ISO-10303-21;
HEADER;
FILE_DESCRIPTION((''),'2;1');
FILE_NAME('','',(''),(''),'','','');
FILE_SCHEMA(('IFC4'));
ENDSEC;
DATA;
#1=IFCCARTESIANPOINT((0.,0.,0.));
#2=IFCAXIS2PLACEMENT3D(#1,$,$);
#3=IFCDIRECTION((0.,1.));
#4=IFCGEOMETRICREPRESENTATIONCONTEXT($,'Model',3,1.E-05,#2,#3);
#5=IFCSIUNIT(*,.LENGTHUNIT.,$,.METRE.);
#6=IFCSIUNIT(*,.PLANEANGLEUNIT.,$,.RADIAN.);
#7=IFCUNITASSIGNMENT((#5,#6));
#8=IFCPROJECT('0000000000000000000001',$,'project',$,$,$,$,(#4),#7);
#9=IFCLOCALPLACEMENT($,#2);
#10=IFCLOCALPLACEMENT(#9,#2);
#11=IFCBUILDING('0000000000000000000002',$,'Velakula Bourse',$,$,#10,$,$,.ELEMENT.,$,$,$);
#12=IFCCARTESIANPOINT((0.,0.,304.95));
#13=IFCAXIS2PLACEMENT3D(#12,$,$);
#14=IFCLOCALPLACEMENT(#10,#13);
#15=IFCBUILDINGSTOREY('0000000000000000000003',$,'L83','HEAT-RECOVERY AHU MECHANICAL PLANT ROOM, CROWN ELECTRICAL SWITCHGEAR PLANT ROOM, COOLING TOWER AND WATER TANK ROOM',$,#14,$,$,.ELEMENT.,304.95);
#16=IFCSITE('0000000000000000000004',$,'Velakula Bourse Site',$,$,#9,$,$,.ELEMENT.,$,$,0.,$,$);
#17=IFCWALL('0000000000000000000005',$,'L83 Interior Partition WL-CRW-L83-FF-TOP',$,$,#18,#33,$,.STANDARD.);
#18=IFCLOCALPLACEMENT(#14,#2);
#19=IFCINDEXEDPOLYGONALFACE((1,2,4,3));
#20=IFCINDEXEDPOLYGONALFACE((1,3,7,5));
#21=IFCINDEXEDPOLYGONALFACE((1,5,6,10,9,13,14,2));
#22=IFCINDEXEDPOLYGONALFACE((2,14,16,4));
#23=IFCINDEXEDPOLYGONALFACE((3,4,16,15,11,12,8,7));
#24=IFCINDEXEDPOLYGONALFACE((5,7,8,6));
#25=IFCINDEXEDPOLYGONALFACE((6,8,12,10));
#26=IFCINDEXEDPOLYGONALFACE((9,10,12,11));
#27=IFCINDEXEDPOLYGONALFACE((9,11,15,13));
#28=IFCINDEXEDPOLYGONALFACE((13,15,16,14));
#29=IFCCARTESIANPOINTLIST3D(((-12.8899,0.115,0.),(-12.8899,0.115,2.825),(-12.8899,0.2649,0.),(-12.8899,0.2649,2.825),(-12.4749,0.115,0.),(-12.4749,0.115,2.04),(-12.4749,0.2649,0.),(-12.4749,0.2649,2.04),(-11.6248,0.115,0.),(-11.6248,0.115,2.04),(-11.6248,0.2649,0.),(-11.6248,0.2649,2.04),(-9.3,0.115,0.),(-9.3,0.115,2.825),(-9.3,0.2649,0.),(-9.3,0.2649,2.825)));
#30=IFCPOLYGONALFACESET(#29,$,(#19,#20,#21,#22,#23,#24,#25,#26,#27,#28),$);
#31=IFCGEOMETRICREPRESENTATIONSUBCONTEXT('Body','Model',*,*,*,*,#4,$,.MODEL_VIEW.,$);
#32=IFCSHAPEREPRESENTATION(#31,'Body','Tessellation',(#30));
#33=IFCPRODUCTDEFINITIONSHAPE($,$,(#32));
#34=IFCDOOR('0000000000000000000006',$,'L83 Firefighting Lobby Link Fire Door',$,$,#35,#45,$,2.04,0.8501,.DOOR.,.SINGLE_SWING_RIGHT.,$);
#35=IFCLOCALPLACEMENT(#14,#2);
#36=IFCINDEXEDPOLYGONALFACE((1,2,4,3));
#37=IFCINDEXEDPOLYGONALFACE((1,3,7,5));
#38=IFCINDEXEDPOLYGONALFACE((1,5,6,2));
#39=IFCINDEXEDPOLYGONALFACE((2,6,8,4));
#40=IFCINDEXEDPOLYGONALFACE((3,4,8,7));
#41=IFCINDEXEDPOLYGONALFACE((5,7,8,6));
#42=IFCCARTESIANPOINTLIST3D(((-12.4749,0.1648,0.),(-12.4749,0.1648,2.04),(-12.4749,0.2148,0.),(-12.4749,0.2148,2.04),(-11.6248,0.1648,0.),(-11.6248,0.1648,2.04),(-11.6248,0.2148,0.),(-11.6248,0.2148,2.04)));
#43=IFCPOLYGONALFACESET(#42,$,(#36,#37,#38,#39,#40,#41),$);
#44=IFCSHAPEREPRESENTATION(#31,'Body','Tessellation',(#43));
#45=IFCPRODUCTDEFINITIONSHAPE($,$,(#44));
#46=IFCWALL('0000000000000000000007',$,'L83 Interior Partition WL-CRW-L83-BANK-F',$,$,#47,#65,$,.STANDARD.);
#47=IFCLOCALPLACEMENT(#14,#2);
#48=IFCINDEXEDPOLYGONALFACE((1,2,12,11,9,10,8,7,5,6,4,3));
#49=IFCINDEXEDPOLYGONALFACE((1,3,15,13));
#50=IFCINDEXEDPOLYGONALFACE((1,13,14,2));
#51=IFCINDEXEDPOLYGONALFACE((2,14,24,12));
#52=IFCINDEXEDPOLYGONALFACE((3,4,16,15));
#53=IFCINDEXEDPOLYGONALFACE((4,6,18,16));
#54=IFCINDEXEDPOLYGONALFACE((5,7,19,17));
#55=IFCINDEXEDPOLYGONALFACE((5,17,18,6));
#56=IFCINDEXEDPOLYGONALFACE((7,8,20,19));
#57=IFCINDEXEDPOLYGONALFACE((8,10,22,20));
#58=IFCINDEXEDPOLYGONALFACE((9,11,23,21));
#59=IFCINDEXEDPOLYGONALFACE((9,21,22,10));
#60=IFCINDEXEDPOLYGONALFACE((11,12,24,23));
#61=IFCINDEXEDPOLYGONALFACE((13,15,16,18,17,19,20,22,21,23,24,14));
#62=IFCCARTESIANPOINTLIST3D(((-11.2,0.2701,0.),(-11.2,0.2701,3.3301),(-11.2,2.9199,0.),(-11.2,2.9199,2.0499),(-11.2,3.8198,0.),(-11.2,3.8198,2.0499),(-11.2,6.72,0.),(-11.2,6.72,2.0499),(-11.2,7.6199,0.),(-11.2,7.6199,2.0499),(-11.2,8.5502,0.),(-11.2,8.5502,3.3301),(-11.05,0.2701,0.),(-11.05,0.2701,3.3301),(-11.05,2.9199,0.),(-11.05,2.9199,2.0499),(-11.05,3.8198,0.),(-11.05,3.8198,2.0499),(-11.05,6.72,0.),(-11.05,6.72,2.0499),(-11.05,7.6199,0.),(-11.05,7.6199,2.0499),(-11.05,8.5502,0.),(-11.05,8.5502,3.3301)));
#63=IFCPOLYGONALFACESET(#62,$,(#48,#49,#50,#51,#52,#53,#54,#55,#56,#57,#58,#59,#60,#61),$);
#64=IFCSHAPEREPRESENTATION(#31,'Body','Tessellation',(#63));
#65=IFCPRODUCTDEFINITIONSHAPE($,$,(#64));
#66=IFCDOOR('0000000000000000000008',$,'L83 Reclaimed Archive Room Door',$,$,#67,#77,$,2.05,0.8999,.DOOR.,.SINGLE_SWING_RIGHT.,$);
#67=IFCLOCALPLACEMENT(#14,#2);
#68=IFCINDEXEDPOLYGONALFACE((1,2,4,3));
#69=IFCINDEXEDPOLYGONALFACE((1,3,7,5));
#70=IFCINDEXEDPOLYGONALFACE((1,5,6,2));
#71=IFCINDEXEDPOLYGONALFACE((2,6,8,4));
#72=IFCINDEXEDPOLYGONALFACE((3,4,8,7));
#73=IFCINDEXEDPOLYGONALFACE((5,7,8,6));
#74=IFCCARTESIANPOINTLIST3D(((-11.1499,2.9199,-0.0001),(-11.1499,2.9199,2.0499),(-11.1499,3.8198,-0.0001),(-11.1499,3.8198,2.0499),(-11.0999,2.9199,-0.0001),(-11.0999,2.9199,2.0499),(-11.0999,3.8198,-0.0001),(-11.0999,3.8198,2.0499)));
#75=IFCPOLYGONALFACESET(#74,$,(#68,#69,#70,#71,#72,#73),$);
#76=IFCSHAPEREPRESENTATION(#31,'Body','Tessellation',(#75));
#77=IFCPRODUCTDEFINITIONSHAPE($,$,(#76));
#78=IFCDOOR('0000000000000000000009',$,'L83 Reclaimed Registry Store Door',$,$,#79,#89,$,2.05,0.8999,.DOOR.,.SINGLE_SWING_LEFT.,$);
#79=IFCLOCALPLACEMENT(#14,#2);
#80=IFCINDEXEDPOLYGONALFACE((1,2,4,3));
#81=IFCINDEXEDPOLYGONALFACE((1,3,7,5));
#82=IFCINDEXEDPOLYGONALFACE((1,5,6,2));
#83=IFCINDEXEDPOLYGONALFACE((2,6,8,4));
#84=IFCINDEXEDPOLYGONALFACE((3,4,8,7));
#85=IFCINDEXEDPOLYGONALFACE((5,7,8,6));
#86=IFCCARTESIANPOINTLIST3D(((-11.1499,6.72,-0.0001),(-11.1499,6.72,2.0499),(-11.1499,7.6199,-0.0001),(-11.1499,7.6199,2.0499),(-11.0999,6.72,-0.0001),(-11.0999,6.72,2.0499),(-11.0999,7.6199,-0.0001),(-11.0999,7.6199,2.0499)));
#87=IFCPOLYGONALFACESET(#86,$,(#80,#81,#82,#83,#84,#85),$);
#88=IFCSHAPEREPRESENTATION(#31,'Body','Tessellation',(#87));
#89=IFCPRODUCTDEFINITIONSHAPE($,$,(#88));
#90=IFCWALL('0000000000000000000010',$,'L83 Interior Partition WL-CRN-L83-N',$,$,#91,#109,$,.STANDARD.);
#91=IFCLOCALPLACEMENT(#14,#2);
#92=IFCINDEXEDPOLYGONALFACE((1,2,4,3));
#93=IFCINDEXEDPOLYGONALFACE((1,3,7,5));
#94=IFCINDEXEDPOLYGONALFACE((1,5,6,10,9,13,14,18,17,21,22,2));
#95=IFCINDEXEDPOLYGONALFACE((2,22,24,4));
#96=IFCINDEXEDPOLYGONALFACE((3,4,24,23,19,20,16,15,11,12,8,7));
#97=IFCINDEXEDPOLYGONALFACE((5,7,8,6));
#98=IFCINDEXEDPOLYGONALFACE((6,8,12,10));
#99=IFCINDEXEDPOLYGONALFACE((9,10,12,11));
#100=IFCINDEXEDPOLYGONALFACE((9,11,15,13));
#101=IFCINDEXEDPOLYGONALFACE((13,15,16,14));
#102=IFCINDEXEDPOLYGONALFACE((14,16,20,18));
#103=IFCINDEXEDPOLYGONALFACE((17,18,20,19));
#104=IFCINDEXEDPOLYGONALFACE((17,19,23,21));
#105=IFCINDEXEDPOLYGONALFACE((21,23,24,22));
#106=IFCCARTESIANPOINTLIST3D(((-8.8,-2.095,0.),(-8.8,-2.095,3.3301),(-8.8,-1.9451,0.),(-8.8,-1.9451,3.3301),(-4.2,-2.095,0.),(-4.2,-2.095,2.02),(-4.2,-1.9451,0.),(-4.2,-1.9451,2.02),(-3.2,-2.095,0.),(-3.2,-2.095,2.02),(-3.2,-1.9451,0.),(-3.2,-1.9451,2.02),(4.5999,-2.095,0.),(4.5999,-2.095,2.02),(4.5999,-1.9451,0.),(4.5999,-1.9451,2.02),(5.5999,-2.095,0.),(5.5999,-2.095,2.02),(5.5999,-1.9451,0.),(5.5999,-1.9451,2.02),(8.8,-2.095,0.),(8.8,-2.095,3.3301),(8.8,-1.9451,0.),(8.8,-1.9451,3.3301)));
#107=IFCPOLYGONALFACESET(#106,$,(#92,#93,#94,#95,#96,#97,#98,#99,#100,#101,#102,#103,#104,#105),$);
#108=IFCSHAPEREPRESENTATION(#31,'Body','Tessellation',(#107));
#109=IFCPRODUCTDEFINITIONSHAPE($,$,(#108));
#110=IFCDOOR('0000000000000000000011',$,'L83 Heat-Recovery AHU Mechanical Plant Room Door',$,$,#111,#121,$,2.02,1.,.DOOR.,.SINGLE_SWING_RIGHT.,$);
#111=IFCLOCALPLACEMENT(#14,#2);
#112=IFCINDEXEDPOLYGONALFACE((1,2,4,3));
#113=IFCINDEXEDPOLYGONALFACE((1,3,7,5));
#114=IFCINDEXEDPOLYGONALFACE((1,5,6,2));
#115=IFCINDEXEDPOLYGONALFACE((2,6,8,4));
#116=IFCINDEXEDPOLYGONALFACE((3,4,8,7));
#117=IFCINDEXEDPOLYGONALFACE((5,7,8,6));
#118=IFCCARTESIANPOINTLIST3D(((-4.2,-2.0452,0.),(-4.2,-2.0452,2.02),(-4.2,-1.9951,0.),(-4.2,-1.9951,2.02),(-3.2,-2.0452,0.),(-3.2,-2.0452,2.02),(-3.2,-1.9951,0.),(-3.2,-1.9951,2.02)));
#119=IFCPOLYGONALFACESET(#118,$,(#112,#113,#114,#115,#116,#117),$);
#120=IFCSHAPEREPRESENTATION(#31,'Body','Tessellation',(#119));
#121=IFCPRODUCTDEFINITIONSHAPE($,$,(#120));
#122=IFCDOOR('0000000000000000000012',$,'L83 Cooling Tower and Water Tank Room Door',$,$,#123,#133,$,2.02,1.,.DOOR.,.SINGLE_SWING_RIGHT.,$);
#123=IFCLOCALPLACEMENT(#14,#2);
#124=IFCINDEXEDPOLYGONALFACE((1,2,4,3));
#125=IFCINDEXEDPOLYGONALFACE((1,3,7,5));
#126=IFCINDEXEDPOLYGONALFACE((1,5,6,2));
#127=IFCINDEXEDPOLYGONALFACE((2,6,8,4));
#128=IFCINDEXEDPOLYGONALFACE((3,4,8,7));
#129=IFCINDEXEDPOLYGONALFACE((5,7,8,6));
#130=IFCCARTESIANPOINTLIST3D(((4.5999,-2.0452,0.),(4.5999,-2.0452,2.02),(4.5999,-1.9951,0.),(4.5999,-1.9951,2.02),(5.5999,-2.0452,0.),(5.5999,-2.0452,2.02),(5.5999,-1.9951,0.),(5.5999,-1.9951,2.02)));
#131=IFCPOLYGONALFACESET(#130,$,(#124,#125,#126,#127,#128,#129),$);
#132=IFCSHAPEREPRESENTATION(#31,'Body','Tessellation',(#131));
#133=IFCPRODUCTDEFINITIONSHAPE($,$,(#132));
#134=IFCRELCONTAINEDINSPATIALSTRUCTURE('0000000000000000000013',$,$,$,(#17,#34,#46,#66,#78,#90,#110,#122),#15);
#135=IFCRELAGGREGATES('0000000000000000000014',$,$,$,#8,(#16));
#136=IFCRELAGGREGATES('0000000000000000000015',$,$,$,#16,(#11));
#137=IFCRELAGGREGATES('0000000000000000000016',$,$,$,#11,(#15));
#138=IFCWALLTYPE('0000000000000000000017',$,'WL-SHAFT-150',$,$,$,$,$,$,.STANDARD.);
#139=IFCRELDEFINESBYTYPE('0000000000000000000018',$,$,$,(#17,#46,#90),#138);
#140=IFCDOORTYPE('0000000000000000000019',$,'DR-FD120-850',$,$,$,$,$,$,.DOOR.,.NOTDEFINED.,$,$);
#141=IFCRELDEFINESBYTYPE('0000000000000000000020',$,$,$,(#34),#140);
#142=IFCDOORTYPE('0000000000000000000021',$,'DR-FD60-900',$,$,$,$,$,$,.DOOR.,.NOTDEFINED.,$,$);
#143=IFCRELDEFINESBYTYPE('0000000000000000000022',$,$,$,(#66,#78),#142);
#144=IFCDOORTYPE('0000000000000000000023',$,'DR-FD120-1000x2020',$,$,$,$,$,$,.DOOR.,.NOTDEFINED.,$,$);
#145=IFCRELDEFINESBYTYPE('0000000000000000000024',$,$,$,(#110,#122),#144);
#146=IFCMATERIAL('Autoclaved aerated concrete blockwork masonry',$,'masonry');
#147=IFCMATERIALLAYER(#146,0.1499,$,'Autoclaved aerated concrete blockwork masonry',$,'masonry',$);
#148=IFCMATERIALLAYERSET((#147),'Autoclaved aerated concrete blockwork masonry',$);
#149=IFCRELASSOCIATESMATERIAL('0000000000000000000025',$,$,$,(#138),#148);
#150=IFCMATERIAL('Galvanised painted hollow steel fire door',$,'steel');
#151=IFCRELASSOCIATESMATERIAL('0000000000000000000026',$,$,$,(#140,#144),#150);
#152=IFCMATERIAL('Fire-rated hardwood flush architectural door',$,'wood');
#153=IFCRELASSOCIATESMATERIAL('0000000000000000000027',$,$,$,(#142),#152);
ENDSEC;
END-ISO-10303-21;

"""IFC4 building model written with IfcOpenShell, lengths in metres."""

from ifc_helpers import new_model, si_unit, direction, frame, frame_2d, origin, place, context, subcontext, project, spatial, rectangle, extrude, material, layer, layer_set, type_object, element, fill, save


model = new_model("IFC4")

# Units and contexts
model_context = context("Model", 3, precision=1e-05, world=origin(), true_north=direction((0.0, 1.0)))
body_context = subcontext(model_context, "Body", "Model", "MODEL_VIEW")
ifc_project = project(units=[si_unit("LENGTHUNIT", "METRE"), si_unit("PLANEANGLEUNIT", "RADIAN")], contexts=[model_context])

# Site, building, storey
site_placement = place(None, origin())
site = spatial("IfcSite", under=ifc_project, at=site_placement, Name="Velakula Bourse Site", CompositionType="ELEMENT", RefElevation=0.0)
building_placement = place(site_placement, origin())
building = spatial("IfcBuilding", under=site, at=building_placement, Name="Velakula Bourse", CompositionType="ELEMENT")
storey_placement = place(building_placement, frame((0.0, 0.0, 304.95)))
storey = spatial("IfcBuildingStorey", under=building, at=storey_placement, Name="L83", Description="HEAT-RECOVERY AHU MECHANICAL PLANT ROOM, CROWN ELECTRICAL SWITCHGEAR PLANT ROOM, COOLING TOWER AND WATER TANK ROOM", CompositionType="ELEMENT", Elevation=304.95)

# Wall, opening, door
ifc_material_1 = material(Name="Autoclaved aerated concrete blockwork masonry", Category="masonry")
ifc_layer_1 = layer(ifc_material_1, 0.1499, Name="Autoclaved aerated concrete blockwork masonry", Category="masonry")
ifc_layer_set_1 = layer_set([ifc_layer_1], Name="Autoclaved aerated concrete blockwork masonry")
wall_type_1 = type_object("IfcWallType", Name="WL-SHAFT-150", PredefinedType="STANDARD", material=ifc_layer_set_1)
wall_1_placement = place(storey_placement, frame((-12.8899, 0.1899, 0.0), z_axis=(0.0, 0.0, 1.0), x_axis=(1.0, 0.0, 0.0)))
wall_1 = element("IfcWall", 1, at=wall_1_placement, inside=storey, type_object=wall_type_1, Name="L83 Interior Partition WL-CRW-L83-FF-TOP", PredefinedType="STANDARD", context=body_context, shape_type="SweptSolid", body=[
    extrude(rectangle(XDim=3.5898, YDim=0.1499, at=frame_2d((1.7949, 0.0))), origin(), (0.0, 0.0, 1.0), 2.825),
])
opening_1_placement = place(wall_1_placement, frame((0.415, 0.0, 0.0)))
opening_1 = element("IfcOpeningElement", 2, at=opening_1_placement, cuts=wall_1, PredefinedType="OPENING", context=body_context, shape_type="SweptSolid", body=[
    extrude(rectangle(XDim=0.8501, YDim=2.04, at=frame_2d((0.425, 1.02))), frame((0.0, 0.085, 0.0), z_axis=(0.0, -1.0, 0.0), x_axis=(1.0, 0.0, 0.0)), (0.0, 0.0, 1.0), 0.1699),
])
ifc_material_2 = material(Name="Galvanised painted hollow steel fire door", Category="steel")
door_type_1 = type_object("IfcDoorType", Name="DR-FD120-850", OperationType="NOTDEFINED", PredefinedType="DOOR", material=ifc_material_2)
door_1_placement = place(opening_1_placement, origin())
door_1 = element("IfcDoor", 3, at=door_1_placement, inside=storey, type_object=door_type_1, Name="L83 Firefighting Lobby Link Fire Door", OperationType="SINGLE_SWING_RIGHT", OverallHeight=2.04, OverallWidth=0.8501, PredefinedType="DOOR", context=body_context, shape_type="SweptSolid", body=[
    extrude(rectangle(XDim=0.8501, YDim=2.04, at=frame_2d((0.425, 1.02))), frame((0.0, 0.0249, 0.0), z_axis=(0.0, -1.0, 0.0), x_axis=(1.0, 0.0, 0.0)), (0.0, 0.0, 1.0), 0.05),
])
fill(opening_1, door_1)

# Walls, openings, doors
wall_2_placement = place(storey_placement, frame((-11.125, 0.27, 0.0), z_axis=(0.0, 0.0, 1.0), x_axis=(0.0, 1.0, 0.0)))
wall_2 = element("IfcWall", 4, at=wall_2_placement, inside=storey, type_object=wall_type_1, Name="L83 Interior Partition WL-CRW-L83-BANK-F", PredefinedType="STANDARD", context=body_context, shape_type="SweptSolid", body=[
    extrude(rectangle(XDim=8.28, YDim=0.1499, at=frame_2d((4.1401, 0.0))), origin(), (0.0, 0.0, 1.0), 3.3301),
])
opening_2_placement = place(wall_2_placement, frame((2.6499, 0.0, 0.0)))
opening_2 = element("IfcOpeningElement", 5, at=opening_2_placement, cuts=wall_2, PredefinedType="OPENING", context=body_context, shape_type="SweptSolid", body=[
    extrude(rectangle(XDim=0.8999, YDim=2.05, at=frame_2d((0.45, 1.0249))), frame((0.0, 0.085, 0.0), z_axis=(0.0, -1.0, 0.0), x_axis=(1.0, 0.0, 0.0)), (0.0, 0.0, 1.0), 0.1699),
])
opening_3_placement = place(wall_2_placement, frame((6.45, 0.0, 0.0)))
opening_3 = element("IfcOpeningElement", 6, at=opening_3_placement, cuts=wall_2, PredefinedType="OPENING", context=body_context, shape_type="SweptSolid", body=[
    extrude(rectangle(XDim=0.8999, YDim=2.05, at=frame_2d((0.45, 1.0249))), frame((0.0, 0.085, 0.0), z_axis=(0.0, -1.0, 0.0), x_axis=(1.0, 0.0, 0.0)), (0.0, 0.0, 1.0), 0.1699),
])
ifc_material_3 = material(Name="Fire-rated hardwood flush architectural door", Category="wood")
door_type_2 = type_object("IfcDoorType", Name="DR-FD60-900", OperationType="NOTDEFINED", PredefinedType="DOOR", material=ifc_material_3)
door_2_placement = place(opening_2_placement, origin())
door_2 = element("IfcDoor", 7, at=door_2_placement, inside=storey, type_object=door_type_2, Name="L83 Reclaimed Archive Room Door", OperationType="SINGLE_SWING_RIGHT", OverallHeight=2.05, OverallWidth=0.8999, PredefinedType="DOOR", context=body_context, shape_type="SweptSolid", body=[
    extrude(rectangle(XDim=0.8999, YDim=2.05, at=frame_2d((0.45, 1.0249))), frame((0.0, 0.0249, 0.0), z_axis=(0.0, -1.0, 0.0), x_axis=(1.0, 0.0, 0.0)), (0.0, 0.0, 1.0), 0.05),
])
fill(opening_2, door_2)
door_3_placement = place(opening_3_placement, origin())
door_3 = element("IfcDoor", 8, at=door_3_placement, inside=storey, type_object=door_type_2, Name="L83 Reclaimed Registry Store Door", OperationType="SINGLE_SWING_LEFT", OverallHeight=2.05, OverallWidth=0.8999, PredefinedType="DOOR", context=body_context, shape_type="SweptSolid", body=[
    extrude(rectangle(XDim=0.8999, YDim=2.05, at=frame_2d((0.45, 1.0249))), frame((0.0, 0.0249, 0.0), z_axis=(0.0, -1.0, 0.0), x_axis=(1.0, 0.0, 0.0)), (0.0, 0.0, 1.0), 0.05),
])
fill(opening_3, door_3)
wall_3_placement = place(storey_placement, frame((-8.8, -2.02, 0.0), z_axis=(0.0, 0.0, 1.0), x_axis=(1.0, 0.0, 0.0)))
wall_3 = element("IfcWall", 9, at=wall_3_placement, inside=storey, type_object=wall_type_1, Name="L83 Interior Partition WL-CRN-L83-N", PredefinedType="STANDARD", context=body_context, shape_type="SweptSolid", body=[
    extrude(rectangle(XDim=17.6001, YDim=0.1499, at=frame_2d((8.8, 0.0))), origin(), (0.0, 0.0, 1.0), 3.3301),
])
opening_4_placement = place(wall_3_placement, frame((4.6001, 0.0, 0.0)))
opening_4 = element("IfcOpeningElement", 10, at=opening_4_placement, cuts=wall_3, PredefinedType="OPENING", context=body_context, shape_type="SweptSolid", body=[
    extrude(rectangle(XDim=1.0, YDim=2.02, at=frame_2d((0.5, 1.01))), frame((0.0, 0.085, 0.0), z_axis=(0.0, -1.0, 0.0), x_axis=(1.0, 0.0, 0.0)), (0.0, 0.0, 1.0), 0.1699),
])
opening_5_placement = place(wall_3_placement, frame((13.3999, 0.0, 0.0)))
opening_5 = element("IfcOpeningElement", 11, at=opening_5_placement, cuts=wall_3, PredefinedType="OPENING", context=body_context, shape_type="SweptSolid", body=[
    extrude(rectangle(XDim=1.0, YDim=2.02, at=frame_2d((0.5, 1.01))), frame((0.0, 0.085, 0.0), z_axis=(0.0, -1.0, 0.0), x_axis=(1.0, 0.0, 0.0)), (0.0, 0.0, 1.0), 0.1699),
])
door_type_3 = type_object("IfcDoorType", Name="DR-FD120-1000x2020", OperationType="NOTDEFINED", PredefinedType="DOOR", material=ifc_material_2)
door_4_placement = place(opening_4_placement, origin())
door_4 = element("IfcDoor", 12, at=door_4_placement, inside=storey, type_object=door_type_3, Name="L83 Heat-Recovery AHU Mechanical Plant Room Door", OperationType="SINGLE_SWING_RIGHT", OverallHeight=2.02, OverallWidth=1.0, PredefinedType="DOOR", context=body_context, shape_type="SweptSolid", body=[
    extrude(rectangle(XDim=1.0, YDim=2.02, at=frame_2d((0.5, 1.01))), frame((0.0, 0.0249, 0.0), z_axis=(0.0, -1.0, 0.0), x_axis=(1.0, 0.0, 0.0)), (0.0, 0.0, 1.0), 0.05),
])
fill(opening_4, door_4)
door_5_placement = place(opening_5_placement, origin())
door_5 = element("IfcDoor", 13, at=door_5_placement, inside=storey, type_object=door_type_3, Name="L83 Cooling Tower and Water Tank Room Door", OperationType="SINGLE_SWING_RIGHT", OverallHeight=2.02, OverallWidth=1.0, PredefinedType="DOOR", context=body_context, shape_type="SweptSolid", body=[
    extrude(rectangle(XDim=1.0, YDim=2.02, at=frame_2d((0.5, 1.01))), frame((0.0, 0.0249, 0.0), z_axis=(0.0, -1.0, 0.0), x_axis=(1.0, 0.0, 0.0)), (0.0, 0.0, 1.0), 0.05),
])
fill(opening_5, door_5)

save(model, "model.ifc")
